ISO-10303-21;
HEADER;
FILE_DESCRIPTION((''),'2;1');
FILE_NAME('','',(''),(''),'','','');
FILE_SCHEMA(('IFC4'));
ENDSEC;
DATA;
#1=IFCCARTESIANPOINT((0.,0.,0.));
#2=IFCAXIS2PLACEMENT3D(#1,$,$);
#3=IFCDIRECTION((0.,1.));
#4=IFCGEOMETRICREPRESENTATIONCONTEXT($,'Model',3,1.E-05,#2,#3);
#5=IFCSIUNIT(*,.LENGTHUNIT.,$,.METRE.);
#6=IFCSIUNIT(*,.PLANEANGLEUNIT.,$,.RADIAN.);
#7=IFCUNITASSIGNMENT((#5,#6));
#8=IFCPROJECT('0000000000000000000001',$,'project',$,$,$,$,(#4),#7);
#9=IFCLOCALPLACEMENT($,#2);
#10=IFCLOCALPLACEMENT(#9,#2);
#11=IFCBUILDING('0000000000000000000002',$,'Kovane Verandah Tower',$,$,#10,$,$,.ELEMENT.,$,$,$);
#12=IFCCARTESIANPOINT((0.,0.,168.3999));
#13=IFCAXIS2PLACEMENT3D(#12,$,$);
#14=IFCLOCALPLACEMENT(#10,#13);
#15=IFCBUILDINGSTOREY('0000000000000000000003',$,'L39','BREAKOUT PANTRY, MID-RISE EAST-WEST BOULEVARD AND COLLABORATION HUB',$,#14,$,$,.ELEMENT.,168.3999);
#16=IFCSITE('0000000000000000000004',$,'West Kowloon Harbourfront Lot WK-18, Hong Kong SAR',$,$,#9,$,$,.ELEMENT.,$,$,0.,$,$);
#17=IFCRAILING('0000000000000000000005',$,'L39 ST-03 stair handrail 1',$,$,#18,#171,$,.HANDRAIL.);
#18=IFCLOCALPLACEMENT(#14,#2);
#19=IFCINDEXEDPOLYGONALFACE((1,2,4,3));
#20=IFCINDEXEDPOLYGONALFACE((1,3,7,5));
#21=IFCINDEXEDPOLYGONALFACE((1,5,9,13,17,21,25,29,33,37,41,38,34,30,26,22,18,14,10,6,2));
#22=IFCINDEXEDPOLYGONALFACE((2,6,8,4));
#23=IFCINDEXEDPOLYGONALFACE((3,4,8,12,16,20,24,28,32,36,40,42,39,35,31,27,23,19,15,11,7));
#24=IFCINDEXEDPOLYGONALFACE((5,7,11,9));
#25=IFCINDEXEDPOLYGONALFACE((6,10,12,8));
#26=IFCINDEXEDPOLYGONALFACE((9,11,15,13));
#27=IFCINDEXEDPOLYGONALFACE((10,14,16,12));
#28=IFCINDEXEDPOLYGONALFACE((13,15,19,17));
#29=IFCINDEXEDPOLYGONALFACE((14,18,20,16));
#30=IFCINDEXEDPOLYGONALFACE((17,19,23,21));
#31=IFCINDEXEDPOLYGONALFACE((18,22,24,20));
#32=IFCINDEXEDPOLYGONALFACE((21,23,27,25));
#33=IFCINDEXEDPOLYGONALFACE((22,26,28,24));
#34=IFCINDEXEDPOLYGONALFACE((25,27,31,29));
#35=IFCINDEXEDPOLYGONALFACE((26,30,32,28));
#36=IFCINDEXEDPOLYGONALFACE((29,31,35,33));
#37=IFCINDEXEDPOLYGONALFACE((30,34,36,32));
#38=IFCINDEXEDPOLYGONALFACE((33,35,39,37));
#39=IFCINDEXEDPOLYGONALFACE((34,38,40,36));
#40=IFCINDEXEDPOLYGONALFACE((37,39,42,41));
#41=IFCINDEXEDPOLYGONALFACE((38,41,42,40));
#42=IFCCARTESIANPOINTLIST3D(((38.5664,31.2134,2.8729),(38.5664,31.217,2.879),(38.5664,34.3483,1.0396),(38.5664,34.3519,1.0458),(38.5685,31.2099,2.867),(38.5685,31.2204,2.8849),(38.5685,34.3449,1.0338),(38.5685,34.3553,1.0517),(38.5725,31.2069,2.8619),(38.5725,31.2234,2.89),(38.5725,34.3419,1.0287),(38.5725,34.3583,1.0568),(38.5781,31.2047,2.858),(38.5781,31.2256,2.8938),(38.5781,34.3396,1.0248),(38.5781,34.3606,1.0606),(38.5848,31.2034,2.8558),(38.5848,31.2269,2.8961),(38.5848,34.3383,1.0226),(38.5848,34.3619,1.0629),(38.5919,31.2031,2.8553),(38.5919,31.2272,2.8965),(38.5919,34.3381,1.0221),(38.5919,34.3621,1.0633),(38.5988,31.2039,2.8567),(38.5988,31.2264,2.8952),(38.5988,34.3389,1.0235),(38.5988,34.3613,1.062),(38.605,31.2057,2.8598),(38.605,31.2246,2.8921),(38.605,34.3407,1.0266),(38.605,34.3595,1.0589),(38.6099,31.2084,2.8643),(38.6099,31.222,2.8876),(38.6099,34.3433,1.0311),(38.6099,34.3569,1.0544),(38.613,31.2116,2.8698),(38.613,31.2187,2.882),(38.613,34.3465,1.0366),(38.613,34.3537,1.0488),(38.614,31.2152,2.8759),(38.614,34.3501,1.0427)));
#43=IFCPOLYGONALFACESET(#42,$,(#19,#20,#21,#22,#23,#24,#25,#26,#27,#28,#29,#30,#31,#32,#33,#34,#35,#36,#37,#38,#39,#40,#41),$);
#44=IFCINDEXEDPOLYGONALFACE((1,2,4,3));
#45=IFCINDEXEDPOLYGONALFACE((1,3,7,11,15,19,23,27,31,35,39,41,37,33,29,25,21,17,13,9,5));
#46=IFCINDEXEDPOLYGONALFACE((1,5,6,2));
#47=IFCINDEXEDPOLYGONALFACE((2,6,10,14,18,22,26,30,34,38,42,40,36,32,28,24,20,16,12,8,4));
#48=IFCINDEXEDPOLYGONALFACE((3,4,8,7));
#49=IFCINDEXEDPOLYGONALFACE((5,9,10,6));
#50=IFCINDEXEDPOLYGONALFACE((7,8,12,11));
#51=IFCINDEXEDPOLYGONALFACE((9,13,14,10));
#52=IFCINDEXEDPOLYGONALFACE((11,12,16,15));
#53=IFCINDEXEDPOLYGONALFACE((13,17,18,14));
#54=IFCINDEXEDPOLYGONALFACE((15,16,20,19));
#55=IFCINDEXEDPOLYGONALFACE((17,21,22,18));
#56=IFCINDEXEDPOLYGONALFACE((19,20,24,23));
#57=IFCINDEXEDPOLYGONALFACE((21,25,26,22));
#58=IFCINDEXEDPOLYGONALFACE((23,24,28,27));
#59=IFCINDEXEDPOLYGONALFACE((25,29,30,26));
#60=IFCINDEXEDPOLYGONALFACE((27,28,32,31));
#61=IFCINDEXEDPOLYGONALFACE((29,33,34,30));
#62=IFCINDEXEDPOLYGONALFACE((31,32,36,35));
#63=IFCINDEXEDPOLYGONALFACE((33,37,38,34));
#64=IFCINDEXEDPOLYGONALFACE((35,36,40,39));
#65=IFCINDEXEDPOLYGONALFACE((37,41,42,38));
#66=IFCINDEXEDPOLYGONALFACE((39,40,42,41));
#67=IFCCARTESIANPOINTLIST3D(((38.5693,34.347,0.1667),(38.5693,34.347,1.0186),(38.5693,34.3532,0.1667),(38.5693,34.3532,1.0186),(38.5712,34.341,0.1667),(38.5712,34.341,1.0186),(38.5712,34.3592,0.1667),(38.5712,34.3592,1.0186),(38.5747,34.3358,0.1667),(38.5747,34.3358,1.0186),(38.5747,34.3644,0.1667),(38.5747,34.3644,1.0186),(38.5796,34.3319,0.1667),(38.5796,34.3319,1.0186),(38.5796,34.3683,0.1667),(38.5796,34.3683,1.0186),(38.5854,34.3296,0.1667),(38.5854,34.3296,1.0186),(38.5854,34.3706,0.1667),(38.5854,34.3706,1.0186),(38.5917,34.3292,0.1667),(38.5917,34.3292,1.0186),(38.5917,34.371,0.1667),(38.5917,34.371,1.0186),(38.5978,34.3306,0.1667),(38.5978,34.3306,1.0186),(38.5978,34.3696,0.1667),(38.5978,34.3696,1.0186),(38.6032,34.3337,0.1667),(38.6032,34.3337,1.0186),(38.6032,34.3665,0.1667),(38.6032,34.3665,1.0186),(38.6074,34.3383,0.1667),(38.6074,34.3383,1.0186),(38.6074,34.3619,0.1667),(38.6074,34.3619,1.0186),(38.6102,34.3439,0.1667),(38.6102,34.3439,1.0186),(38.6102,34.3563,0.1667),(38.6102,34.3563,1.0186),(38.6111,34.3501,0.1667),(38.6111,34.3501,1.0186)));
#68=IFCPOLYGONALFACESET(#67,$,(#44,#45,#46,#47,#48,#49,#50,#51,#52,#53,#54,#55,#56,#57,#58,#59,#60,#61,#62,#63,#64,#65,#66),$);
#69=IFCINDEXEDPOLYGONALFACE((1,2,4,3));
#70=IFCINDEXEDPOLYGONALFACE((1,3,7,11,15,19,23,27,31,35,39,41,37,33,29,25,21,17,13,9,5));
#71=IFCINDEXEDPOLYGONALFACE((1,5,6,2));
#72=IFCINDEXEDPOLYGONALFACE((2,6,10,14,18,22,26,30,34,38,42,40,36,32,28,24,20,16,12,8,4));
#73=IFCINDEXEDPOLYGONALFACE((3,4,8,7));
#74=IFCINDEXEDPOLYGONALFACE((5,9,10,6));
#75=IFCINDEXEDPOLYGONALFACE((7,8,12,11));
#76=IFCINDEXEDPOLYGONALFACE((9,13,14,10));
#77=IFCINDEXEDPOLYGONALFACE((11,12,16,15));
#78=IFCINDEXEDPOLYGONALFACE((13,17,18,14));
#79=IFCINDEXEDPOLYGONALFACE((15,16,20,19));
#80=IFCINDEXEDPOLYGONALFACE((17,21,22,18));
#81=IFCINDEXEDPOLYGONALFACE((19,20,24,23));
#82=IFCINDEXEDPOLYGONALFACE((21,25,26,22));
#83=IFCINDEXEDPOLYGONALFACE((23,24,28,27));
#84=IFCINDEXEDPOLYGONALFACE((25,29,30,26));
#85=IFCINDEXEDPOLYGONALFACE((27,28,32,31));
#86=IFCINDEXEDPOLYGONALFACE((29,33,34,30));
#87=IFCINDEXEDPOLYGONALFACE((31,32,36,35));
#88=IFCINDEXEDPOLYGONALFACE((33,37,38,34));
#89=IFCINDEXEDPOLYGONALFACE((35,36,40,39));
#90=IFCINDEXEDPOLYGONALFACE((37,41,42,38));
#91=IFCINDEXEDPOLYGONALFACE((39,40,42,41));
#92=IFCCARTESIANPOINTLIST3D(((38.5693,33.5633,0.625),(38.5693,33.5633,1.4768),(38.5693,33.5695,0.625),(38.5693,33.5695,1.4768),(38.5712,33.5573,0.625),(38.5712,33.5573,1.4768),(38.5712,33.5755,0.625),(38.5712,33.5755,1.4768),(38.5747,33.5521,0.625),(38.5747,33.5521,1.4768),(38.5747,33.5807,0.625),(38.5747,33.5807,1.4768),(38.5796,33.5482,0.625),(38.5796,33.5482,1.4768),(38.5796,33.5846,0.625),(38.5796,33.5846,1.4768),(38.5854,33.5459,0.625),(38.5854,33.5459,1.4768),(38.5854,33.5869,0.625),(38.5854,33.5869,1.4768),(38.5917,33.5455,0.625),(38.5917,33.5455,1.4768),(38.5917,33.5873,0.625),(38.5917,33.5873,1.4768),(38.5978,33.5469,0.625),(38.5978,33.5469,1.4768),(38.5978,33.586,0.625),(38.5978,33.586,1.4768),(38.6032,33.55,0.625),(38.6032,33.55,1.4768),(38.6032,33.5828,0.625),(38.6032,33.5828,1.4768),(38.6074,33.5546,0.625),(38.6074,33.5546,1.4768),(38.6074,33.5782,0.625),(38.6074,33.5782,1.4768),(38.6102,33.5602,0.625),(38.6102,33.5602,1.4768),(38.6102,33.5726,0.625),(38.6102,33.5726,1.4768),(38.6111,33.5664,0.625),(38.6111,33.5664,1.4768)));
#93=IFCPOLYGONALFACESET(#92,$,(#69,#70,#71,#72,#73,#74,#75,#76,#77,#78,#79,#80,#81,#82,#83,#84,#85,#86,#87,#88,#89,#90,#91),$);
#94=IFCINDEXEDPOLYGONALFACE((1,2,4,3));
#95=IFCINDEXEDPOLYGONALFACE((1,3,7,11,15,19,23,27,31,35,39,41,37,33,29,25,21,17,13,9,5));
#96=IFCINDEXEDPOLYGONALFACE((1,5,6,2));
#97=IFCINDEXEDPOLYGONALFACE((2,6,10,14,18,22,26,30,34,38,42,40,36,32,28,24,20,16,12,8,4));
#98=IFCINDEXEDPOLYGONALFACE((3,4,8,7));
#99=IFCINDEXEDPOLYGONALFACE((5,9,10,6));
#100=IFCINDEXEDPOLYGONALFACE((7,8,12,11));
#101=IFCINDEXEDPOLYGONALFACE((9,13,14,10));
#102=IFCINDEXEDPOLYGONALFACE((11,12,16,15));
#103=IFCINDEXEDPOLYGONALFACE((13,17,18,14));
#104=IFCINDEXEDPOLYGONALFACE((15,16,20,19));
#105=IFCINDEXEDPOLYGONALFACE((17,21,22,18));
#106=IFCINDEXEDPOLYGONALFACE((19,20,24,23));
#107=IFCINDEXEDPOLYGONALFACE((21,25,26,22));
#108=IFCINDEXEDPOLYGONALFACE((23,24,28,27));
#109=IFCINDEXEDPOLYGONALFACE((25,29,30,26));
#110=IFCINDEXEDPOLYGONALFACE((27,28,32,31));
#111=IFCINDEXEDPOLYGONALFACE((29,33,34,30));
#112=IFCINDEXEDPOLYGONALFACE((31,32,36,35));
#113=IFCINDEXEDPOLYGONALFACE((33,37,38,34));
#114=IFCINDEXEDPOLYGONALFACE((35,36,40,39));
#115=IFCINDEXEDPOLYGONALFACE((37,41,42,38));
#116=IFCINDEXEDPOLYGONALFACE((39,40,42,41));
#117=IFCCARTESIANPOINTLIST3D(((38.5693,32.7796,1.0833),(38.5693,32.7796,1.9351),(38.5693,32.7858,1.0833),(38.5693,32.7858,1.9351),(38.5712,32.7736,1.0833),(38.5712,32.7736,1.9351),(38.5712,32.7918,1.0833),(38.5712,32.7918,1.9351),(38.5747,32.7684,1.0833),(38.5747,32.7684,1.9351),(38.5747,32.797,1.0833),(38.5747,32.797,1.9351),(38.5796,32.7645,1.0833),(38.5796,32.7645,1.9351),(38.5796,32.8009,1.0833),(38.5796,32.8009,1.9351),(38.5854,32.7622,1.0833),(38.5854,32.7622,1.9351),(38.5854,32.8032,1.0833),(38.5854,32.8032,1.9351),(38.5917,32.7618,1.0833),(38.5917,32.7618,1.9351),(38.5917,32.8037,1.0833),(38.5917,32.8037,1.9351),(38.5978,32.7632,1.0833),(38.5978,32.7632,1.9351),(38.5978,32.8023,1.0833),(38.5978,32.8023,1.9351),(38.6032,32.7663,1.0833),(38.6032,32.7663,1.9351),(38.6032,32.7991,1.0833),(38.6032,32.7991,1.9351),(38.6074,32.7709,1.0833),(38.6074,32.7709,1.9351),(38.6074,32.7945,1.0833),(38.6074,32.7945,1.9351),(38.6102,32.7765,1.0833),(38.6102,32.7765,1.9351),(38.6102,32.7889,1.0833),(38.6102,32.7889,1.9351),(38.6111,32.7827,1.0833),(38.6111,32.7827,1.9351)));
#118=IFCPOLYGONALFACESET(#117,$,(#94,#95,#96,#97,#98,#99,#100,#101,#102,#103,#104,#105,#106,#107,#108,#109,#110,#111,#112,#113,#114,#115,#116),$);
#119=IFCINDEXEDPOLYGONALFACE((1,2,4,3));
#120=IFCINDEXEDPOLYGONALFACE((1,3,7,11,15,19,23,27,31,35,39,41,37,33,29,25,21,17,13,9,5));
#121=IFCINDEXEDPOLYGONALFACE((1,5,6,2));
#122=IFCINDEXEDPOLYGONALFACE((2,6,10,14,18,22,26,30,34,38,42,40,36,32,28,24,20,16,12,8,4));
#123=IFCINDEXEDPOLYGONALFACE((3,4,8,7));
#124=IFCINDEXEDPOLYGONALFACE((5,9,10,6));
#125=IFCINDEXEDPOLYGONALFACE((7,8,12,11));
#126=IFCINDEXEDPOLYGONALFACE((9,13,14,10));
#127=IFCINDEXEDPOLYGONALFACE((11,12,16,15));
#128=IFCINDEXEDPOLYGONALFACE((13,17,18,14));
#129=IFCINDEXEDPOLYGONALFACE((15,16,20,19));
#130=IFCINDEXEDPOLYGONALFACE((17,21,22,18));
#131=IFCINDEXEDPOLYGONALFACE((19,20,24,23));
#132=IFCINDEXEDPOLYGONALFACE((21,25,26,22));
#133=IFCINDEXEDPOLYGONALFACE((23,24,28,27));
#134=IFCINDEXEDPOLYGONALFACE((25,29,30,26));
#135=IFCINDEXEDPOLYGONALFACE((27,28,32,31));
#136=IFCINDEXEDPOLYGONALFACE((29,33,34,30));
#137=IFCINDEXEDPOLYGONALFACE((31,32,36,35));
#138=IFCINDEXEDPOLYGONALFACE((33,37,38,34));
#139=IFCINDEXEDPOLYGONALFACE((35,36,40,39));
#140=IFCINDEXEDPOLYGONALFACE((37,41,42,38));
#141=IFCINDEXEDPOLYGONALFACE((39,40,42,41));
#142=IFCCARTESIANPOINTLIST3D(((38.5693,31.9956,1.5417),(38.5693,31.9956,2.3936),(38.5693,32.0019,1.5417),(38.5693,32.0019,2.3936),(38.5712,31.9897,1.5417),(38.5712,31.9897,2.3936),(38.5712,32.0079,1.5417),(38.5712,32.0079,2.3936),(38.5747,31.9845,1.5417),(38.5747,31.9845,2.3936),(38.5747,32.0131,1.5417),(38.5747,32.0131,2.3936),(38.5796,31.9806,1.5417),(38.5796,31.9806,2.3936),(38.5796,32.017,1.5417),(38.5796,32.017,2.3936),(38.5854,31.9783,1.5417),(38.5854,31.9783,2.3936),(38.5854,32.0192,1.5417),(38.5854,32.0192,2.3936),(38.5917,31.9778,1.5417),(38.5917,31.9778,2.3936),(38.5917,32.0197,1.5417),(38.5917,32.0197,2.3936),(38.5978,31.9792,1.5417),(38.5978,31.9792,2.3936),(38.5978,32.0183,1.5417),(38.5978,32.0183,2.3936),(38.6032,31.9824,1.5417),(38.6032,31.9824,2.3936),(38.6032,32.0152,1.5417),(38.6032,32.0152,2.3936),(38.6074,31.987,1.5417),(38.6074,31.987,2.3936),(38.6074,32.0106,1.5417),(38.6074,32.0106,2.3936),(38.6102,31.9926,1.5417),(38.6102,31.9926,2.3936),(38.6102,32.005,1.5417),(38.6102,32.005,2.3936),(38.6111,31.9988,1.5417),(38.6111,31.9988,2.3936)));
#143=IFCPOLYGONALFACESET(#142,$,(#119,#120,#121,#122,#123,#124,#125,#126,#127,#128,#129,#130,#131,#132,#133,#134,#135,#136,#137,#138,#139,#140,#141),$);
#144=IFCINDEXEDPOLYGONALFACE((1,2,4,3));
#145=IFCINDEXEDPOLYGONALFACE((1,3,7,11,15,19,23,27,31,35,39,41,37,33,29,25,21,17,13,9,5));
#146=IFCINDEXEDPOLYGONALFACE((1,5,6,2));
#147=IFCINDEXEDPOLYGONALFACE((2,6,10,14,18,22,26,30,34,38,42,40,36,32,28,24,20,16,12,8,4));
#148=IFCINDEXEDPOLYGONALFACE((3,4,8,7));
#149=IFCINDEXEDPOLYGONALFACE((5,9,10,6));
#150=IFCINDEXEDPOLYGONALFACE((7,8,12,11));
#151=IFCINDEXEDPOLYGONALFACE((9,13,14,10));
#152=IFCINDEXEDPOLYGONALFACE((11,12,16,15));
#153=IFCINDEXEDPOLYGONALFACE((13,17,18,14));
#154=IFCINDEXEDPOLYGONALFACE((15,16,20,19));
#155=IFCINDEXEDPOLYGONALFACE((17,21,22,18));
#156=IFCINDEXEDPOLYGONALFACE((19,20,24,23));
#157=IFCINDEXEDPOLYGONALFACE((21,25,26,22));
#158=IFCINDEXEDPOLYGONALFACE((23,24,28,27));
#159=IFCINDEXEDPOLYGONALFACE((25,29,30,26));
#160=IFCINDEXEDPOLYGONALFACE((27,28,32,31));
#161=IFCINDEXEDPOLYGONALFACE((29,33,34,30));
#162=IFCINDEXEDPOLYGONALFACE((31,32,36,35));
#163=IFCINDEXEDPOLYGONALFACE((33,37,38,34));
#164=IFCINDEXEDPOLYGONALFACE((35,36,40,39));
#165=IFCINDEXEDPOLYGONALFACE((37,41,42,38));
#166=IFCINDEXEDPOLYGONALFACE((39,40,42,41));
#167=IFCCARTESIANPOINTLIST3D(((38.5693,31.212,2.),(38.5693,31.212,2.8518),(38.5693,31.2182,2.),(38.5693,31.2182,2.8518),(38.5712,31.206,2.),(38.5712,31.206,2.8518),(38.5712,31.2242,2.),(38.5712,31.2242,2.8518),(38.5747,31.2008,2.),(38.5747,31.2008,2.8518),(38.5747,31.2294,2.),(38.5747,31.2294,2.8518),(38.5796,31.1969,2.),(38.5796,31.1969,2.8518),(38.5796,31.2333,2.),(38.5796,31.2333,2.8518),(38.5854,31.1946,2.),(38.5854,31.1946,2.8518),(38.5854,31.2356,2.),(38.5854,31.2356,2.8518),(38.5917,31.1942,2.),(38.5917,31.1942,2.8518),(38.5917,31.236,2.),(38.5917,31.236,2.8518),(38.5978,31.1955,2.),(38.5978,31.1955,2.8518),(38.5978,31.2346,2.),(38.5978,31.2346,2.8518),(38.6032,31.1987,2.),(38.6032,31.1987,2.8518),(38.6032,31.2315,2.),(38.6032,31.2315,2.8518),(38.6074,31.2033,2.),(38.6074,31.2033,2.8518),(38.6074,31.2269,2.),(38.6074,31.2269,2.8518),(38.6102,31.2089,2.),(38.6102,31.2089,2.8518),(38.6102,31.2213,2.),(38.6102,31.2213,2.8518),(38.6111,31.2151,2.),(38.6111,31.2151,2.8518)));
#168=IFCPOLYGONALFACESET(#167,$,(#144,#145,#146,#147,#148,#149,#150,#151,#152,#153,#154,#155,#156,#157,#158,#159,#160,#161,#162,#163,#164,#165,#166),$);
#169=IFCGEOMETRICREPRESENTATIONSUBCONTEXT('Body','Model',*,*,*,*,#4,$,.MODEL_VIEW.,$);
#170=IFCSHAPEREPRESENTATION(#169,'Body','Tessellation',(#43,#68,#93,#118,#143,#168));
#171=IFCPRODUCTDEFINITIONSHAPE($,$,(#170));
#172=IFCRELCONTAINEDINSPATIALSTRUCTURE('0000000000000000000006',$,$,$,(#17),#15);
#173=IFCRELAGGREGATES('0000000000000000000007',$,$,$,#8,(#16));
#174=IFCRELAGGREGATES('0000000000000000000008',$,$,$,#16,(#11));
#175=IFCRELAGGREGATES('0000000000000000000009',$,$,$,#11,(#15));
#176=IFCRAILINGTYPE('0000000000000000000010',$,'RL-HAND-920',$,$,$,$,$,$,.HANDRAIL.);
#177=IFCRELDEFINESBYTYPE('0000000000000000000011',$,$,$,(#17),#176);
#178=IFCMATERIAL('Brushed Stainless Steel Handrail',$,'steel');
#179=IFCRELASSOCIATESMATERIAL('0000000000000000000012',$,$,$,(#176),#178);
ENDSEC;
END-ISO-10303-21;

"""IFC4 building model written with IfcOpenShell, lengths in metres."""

from ifc_helpers import new_model, si_unit, direction, frame, origin, origin_2d, place, context, subcontext, project, spatial, circle, extrude, material, type_object, element, save


model = new_model("IFC4")

# Units and contexts
model_context = context("Model", 3, precision=1e-05, world=origin(), true_north=direction((0.0, 1.0)))
body_context = subcontext(model_context, "Body", "Model", "MODEL_VIEW")
ifc_project = project(units=[si_unit("LENGTHUNIT", "METRE"), si_unit("PLANEANGLEUNIT", "RADIAN")], contexts=[model_context])

# Site, building, storey
site_placement = place(None, origin())
site = spatial("IfcSite", under=ifc_project, at=site_placement, Name="West Kowloon Harbourfront Lot WK-18, Hong Kong SAR", CompositionType="ELEMENT", RefElevation=0.0)
building_placement = place(site_placement, origin())
building = spatial("IfcBuilding", under=site, at=building_placement, Name="Kovane Verandah Tower", CompositionType="ELEMENT")
storey_placement = place(building_placement, frame((0.0, 0.0, 168.3999)))
storey = spatial("IfcBuildingStorey", under=building, at=storey_placement, Name="L39", Description="BREAKOUT PANTRY, MID-RISE EAST-WEST BOULEVARD AND COLLABORATION HUB", CompositionType="ELEMENT", Elevation=168.3999)

# Railing
ifc_material_1 = material(Name="Brushed Stainless Steel Handrail", Category="steel")
railing_type_1 = type_object("IfcRailingType", Name="RL-HAND-920", PredefinedType="HANDRAIL", material=ifc_material_1)
railing_1_placement = place(storey_placement, frame((38.5901, 34.3501, 0.1667)))
element("IfcRailing", 1, at=railing_1_placement, inside=storey, type_object=railing_type_1, Name="L39 ST-03 stair handrail 1", PredefinedType="HANDRAIL", context=body_context, shape_type="SweptSolid", body=[
    extrude(circle(Radius=0.0239, at=origin_2d()), frame((0.0, 0.0, 0.876), z_axis=(0.0, -0.86324, 0.504794), x_axis=(1.0, 0.0, 0.0)), (0.0, 0.0, 1.0), 3.6316),
    extrude(circle(Radius=0.021, at=origin_2d()), origin(), (0.0, 0.0, 1.0), 0.8518),
    extrude(circle(Radius=0.021, at=origin_2d()), frame((0.0, -0.7837, 0.4583)), (0.0, 0.0, 1.0), 0.8518),
    extrude(circle(Radius=0.021, at=origin_2d()), frame((0.0, -1.5674, 0.9165)), (0.0, 0.0, 1.0), 0.8518),
    extrude(circle(Radius=0.021, at=origin_2d()), frame((0.0, -2.3513, 1.375)), (0.0, 0.0, 1.0), 0.8518),
    extrude(circle(Radius=0.021, at=origin_2d()), frame((0.0, -3.135, 1.8333)), (0.0, 0.0, 1.0), 0.8518),
])

save(model, "model.ifc")
